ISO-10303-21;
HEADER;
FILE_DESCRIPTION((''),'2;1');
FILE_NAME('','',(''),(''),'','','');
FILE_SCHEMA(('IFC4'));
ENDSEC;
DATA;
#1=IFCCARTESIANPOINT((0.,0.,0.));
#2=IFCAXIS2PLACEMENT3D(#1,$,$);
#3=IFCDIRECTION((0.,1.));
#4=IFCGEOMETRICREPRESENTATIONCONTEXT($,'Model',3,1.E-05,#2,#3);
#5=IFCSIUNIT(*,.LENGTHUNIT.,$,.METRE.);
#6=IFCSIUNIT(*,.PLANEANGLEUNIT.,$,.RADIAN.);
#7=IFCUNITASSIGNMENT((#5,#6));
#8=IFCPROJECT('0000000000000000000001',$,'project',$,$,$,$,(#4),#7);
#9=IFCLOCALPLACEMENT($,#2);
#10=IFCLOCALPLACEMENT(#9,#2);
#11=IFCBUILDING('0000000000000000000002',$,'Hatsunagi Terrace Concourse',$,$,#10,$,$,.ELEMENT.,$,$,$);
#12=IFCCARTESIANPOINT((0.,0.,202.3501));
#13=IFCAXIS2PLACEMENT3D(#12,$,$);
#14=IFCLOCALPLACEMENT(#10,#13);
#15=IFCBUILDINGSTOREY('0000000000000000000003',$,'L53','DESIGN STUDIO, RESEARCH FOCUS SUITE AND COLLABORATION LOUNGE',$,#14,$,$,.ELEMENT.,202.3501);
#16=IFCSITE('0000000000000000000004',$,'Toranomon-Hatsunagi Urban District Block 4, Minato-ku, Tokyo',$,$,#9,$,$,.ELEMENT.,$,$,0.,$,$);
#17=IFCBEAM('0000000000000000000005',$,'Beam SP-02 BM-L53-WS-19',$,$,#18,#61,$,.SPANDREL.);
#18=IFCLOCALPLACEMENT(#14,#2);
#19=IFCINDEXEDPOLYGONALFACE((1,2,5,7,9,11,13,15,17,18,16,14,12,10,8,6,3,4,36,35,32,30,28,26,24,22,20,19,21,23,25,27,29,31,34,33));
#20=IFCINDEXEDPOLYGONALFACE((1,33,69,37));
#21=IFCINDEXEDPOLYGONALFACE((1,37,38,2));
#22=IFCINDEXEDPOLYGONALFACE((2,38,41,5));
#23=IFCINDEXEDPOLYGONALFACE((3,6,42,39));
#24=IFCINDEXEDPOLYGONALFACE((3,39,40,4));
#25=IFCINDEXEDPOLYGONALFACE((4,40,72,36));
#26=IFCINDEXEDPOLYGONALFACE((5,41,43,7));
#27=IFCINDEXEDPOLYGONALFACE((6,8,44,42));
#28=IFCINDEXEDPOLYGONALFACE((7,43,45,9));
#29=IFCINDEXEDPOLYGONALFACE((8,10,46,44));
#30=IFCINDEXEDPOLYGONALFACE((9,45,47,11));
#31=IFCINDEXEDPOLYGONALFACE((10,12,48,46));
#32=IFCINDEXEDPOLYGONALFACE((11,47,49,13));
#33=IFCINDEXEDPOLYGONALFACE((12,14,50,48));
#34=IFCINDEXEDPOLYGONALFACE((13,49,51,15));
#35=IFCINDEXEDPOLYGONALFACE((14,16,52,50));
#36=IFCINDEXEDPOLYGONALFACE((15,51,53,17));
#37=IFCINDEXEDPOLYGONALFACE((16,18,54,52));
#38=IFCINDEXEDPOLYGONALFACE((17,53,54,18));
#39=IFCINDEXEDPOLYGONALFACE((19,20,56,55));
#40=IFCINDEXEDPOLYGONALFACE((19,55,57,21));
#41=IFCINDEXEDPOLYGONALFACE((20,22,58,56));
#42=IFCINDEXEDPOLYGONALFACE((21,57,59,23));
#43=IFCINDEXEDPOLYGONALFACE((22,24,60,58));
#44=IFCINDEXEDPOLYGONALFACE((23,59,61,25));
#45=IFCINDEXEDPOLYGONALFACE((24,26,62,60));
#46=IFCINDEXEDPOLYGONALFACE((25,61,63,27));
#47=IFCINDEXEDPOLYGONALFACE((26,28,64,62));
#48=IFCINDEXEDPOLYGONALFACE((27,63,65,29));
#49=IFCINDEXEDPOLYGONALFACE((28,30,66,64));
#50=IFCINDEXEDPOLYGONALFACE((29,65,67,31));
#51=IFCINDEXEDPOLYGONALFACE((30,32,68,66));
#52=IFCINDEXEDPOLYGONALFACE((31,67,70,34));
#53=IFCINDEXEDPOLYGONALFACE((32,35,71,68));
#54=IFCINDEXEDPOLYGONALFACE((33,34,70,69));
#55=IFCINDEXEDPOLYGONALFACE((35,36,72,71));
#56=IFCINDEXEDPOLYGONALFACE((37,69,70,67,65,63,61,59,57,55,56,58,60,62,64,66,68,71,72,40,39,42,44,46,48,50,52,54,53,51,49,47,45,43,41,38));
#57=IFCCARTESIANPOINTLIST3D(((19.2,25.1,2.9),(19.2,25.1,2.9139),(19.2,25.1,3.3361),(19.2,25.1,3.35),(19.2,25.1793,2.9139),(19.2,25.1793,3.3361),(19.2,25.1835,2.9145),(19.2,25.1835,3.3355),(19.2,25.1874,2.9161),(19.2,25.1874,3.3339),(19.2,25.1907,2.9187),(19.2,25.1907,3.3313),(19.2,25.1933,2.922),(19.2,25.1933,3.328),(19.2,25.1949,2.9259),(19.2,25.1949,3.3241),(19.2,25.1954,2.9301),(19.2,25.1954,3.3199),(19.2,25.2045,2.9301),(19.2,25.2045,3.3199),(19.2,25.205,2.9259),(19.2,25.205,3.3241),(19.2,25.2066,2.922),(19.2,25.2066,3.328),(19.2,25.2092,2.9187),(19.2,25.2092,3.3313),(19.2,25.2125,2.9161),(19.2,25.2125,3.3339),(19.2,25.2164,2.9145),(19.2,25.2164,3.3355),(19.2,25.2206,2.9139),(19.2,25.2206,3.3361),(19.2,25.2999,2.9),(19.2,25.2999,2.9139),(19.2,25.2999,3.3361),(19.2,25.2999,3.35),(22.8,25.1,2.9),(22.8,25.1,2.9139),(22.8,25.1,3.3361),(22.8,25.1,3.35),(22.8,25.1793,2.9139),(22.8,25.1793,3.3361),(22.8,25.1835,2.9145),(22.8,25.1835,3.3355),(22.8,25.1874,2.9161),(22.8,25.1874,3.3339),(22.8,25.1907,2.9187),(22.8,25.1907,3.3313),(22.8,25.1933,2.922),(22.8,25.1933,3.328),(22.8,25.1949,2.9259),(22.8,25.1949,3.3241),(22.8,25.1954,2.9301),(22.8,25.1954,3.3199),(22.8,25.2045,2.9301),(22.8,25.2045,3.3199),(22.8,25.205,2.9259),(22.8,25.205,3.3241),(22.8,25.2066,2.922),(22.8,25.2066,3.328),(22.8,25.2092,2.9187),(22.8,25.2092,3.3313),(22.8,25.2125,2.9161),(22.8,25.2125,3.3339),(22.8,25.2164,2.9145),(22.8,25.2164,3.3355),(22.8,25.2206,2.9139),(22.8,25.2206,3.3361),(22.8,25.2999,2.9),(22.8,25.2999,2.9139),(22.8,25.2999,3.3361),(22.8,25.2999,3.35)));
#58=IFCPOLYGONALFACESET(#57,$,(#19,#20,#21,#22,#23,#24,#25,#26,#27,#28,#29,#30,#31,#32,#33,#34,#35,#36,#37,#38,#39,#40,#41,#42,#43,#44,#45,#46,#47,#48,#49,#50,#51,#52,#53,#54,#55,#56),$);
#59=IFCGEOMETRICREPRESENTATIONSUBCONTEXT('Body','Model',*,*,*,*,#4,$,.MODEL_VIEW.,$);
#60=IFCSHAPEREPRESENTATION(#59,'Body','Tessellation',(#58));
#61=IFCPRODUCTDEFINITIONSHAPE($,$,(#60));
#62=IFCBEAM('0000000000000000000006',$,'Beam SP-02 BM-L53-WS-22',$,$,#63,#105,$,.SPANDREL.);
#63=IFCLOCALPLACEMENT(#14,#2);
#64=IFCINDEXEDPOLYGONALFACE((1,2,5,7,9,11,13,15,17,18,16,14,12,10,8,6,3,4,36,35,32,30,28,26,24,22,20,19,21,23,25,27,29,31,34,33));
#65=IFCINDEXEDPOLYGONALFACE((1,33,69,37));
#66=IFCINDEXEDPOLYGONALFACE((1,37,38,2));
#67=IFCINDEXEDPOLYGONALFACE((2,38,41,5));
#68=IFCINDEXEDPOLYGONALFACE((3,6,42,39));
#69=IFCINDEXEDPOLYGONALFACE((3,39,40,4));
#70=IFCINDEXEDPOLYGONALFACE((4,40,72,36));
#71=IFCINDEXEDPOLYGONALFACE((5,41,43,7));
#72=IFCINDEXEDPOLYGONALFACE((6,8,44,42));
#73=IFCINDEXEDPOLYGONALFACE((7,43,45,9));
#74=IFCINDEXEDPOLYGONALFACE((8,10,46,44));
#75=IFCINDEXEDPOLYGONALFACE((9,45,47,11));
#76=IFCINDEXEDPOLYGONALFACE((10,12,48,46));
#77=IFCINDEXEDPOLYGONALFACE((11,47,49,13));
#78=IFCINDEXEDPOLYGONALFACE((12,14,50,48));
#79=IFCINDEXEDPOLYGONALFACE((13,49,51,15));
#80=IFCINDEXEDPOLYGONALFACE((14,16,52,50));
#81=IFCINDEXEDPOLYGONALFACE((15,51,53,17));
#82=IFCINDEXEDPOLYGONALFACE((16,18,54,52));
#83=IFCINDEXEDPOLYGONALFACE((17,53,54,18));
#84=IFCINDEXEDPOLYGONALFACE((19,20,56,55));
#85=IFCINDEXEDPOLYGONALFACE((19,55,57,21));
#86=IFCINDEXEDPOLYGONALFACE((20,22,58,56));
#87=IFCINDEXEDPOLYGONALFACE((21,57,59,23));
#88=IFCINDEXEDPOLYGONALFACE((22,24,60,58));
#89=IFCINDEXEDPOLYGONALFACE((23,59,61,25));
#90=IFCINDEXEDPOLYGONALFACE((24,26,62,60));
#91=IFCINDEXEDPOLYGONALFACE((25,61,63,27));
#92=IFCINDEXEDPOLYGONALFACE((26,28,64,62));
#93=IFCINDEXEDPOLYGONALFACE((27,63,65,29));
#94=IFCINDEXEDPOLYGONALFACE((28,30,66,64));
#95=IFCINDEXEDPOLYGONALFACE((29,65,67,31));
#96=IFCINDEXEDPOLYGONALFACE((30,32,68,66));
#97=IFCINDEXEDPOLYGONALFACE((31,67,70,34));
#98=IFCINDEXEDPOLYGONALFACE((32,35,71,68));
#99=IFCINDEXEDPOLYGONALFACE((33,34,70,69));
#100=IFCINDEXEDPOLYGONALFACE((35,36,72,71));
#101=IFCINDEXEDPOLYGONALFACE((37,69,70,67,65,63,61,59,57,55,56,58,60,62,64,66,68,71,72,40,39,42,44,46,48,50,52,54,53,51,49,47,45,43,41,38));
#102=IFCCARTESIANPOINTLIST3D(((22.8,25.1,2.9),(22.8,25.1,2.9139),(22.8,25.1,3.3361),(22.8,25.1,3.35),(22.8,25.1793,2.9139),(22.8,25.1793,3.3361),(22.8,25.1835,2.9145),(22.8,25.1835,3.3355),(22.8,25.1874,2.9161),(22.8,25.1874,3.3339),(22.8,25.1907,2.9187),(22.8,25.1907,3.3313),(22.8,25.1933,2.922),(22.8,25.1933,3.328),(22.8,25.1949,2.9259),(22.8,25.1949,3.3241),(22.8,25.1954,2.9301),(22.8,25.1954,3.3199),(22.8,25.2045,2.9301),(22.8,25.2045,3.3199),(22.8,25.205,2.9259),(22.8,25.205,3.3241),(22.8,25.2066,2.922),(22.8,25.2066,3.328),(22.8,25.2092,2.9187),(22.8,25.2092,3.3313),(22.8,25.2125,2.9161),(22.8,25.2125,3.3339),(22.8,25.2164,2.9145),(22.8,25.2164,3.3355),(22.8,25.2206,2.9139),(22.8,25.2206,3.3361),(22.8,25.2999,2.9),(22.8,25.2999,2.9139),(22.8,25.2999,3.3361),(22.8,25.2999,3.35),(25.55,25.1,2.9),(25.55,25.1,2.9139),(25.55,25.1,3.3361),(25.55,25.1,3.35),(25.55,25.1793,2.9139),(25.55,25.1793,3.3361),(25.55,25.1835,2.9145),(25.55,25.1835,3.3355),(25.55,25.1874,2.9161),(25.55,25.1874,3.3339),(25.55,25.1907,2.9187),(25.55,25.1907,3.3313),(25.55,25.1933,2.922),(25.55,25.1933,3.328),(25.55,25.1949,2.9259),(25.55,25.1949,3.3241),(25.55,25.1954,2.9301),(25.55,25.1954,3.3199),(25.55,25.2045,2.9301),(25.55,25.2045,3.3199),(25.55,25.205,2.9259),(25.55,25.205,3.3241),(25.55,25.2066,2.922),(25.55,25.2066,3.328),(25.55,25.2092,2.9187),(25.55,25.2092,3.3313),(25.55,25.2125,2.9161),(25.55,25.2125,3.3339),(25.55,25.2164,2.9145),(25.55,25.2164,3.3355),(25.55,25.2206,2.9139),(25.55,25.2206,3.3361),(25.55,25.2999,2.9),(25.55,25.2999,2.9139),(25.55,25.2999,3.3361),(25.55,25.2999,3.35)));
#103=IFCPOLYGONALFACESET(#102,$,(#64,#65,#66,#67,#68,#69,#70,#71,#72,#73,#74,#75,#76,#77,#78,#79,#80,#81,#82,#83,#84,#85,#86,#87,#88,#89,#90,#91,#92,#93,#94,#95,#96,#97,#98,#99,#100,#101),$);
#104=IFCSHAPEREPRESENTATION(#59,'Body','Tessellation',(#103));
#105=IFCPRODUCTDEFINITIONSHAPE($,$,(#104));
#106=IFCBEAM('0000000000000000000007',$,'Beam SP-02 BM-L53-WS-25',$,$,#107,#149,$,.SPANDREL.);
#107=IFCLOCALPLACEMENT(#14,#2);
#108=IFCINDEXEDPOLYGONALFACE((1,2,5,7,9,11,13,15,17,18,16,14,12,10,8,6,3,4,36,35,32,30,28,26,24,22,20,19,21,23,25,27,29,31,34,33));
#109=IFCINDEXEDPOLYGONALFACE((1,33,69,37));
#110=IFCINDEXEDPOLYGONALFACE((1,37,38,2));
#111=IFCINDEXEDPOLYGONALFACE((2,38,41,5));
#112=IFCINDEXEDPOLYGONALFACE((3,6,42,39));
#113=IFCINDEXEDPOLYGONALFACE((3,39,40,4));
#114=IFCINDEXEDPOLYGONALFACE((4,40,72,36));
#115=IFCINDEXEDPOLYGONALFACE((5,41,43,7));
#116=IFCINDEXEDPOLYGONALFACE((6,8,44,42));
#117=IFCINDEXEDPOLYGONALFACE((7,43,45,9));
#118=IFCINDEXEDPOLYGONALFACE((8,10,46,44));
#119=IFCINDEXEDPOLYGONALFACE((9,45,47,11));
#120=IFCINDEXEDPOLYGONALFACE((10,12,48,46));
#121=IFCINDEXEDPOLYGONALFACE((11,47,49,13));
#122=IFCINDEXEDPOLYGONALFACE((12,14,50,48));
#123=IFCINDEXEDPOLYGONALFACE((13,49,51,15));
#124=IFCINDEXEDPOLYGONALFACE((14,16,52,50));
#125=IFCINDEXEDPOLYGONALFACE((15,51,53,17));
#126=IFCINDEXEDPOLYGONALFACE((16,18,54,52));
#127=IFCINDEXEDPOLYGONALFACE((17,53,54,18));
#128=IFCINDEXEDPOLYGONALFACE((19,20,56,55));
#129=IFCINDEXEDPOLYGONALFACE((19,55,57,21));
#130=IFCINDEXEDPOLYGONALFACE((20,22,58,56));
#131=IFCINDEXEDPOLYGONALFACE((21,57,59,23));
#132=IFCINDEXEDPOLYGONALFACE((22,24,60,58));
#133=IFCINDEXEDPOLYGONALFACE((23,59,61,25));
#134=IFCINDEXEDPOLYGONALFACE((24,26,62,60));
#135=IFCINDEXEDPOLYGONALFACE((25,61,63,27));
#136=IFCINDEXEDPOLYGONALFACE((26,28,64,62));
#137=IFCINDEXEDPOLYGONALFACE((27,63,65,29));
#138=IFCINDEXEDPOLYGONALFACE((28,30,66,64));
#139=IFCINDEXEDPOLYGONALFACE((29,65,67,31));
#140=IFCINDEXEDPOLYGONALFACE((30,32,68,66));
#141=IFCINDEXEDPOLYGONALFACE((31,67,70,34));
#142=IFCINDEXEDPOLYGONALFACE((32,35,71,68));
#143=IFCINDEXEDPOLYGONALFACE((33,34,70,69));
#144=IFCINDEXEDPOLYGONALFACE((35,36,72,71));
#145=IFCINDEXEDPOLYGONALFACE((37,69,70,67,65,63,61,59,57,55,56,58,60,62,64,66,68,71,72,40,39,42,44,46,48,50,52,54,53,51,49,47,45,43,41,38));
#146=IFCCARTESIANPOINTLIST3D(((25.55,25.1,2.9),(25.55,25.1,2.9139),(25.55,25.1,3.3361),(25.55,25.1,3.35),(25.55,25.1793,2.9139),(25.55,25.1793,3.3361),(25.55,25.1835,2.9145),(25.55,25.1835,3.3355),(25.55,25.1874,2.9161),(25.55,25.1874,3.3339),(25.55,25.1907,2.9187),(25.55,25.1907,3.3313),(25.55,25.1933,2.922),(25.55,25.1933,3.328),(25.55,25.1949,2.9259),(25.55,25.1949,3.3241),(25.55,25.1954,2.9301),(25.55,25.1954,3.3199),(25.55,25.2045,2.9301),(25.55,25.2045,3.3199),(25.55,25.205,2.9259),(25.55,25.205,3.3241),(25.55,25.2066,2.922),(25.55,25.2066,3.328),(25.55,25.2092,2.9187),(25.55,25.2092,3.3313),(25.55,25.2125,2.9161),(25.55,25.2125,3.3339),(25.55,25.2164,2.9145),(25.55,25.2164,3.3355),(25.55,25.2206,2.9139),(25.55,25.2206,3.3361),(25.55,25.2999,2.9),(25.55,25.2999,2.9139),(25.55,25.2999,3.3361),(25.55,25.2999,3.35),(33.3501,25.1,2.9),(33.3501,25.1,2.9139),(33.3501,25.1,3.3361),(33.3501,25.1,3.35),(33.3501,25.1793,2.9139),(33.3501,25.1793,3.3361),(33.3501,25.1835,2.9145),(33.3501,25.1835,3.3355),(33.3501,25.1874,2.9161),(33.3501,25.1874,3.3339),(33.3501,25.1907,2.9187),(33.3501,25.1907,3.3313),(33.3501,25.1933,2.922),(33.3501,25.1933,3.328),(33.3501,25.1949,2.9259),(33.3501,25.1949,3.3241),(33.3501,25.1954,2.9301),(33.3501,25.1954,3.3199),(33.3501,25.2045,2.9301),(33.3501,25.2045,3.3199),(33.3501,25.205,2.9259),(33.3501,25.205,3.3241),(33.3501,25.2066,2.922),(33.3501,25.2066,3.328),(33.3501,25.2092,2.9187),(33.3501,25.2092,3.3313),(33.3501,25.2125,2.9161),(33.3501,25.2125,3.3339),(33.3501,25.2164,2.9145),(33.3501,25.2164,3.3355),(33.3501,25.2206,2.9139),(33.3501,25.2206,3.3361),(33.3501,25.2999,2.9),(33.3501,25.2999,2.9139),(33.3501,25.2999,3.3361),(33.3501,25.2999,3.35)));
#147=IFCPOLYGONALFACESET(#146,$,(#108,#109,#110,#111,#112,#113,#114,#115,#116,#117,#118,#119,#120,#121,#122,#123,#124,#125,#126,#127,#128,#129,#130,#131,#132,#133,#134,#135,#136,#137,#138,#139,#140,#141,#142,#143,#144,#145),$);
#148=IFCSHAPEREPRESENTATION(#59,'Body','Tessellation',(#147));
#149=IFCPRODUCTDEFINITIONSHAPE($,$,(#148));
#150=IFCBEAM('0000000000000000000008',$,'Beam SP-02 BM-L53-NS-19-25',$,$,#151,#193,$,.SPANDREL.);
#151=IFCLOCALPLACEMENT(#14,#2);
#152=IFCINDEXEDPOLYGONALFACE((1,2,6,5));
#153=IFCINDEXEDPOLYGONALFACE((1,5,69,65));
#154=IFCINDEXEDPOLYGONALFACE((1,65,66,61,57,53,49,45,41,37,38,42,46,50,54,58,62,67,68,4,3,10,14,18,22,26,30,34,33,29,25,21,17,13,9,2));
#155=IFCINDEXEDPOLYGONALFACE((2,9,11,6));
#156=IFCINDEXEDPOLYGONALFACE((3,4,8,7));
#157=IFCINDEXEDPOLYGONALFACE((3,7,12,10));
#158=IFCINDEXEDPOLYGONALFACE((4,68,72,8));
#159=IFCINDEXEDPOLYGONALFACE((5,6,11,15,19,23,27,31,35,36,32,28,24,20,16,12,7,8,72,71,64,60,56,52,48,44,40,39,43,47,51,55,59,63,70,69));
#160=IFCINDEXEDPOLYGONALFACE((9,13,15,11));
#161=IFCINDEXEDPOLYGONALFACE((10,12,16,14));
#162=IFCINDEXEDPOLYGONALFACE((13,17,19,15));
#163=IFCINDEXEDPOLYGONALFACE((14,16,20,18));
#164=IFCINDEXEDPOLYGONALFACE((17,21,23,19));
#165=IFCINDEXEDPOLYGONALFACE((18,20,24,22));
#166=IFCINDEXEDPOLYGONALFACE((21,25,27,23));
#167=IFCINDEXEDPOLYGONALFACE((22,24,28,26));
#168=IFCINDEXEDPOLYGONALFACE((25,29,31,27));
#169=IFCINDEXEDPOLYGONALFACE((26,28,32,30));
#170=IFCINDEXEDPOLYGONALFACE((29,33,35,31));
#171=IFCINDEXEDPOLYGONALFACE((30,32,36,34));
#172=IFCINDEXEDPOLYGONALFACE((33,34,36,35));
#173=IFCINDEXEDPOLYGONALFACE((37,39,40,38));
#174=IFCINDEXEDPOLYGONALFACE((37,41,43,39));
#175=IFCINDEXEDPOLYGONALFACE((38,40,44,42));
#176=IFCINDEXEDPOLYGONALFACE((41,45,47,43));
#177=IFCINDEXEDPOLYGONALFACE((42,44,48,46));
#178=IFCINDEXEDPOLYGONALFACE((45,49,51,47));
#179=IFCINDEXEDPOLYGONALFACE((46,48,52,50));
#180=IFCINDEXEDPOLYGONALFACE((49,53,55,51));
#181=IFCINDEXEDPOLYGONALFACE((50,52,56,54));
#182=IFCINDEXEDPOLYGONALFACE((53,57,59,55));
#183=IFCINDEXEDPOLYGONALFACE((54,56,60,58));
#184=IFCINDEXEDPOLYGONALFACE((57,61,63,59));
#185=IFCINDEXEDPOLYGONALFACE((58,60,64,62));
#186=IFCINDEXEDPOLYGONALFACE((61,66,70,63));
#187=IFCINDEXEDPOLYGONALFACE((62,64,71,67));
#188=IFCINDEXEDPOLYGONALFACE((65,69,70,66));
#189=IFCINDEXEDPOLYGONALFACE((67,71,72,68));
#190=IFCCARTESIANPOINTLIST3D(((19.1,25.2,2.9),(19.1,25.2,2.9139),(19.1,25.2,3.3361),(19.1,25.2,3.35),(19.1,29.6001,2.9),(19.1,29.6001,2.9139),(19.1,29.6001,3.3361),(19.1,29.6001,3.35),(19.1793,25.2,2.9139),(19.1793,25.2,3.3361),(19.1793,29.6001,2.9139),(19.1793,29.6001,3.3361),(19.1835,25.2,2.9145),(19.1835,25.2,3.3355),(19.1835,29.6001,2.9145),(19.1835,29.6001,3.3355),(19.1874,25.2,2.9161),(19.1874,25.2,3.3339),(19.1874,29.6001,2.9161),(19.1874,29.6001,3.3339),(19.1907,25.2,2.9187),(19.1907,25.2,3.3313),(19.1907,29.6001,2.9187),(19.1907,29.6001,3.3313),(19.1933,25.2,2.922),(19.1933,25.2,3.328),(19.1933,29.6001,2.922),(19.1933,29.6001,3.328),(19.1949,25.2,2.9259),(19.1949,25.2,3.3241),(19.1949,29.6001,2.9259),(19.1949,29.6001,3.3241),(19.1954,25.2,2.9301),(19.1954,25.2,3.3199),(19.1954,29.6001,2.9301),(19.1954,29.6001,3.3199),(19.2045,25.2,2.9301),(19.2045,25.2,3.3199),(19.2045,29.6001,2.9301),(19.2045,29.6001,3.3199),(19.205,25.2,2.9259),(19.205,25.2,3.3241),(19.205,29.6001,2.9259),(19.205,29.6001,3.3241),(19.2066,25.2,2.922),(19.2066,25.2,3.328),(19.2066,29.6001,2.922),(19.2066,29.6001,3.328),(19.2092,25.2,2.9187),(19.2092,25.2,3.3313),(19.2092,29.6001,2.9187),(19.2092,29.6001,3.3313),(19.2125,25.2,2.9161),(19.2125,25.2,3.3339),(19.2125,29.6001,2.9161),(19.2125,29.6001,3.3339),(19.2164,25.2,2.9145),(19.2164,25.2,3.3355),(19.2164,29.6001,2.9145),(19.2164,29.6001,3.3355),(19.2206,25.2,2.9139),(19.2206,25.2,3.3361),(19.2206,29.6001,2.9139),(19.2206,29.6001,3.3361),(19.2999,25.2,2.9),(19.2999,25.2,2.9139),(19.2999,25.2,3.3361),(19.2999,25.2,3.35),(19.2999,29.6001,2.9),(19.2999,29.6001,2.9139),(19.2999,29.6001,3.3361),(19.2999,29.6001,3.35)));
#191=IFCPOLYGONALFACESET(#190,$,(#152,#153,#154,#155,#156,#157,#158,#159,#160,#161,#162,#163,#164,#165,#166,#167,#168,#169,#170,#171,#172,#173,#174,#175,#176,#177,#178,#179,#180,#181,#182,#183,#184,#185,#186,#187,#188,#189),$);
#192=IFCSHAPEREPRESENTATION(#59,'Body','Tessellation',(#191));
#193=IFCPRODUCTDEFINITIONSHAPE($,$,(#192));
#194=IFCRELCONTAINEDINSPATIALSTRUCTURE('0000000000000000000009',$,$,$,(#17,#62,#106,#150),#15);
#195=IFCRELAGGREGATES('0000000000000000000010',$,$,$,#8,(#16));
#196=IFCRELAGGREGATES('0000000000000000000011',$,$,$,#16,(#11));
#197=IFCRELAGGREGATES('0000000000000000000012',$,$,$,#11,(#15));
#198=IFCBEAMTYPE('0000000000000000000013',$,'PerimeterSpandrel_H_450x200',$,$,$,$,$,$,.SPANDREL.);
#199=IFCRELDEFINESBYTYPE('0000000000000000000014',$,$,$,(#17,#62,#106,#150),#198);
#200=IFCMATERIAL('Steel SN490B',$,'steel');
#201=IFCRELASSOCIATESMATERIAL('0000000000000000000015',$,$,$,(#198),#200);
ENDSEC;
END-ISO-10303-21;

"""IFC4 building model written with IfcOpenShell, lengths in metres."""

from ifc_helpers import new_model, si_unit, direction, frame, origin, origin_2d, place, context, subcontext, project, spatial, i_section, extrude, material, material_profile, profile_set, type_object, element, save


model = new_model("IFC4")

# Units and contexts
model_context = context("Model", 3, precision=1e-05, world=origin(), true_north=direction((0.0, 1.0)))
body_context = subcontext(model_context, "Body", "Model", "MODEL_VIEW")
ifc_project = project(units=[si_unit("LENGTHUNIT", "METRE"), si_unit("PLANEANGLEUNIT", "RADIAN")], contexts=[model_context])

# Site, building, storey
site_placement = place(None, origin())
site = spatial("IfcSite", under=ifc_project, at=site_placement, Name="Toranomon-Hatsunagi Urban District Block 4, Minato-ku, Tokyo", CompositionType="ELEMENT", RefElevation=0.0)
building_placement = place(site_placement, origin())
building = spatial("IfcBuilding", under=site, at=building_placement, Name="Hatsunagi Terrace Concourse", CompositionType="ELEMENT")
storey_placement = place(building_placement, frame((0.0, 0.0, 202.3501)))
storey = spatial("IfcBuildingStorey", under=building, at=storey_placement, Name="L53", Description="DESIGN STUDIO, RESEARCH FOCUS SUITE AND COLLABORATION LOUNGE", CompositionType="ELEMENT", Elevation=202.3501)

# Beams
ifc_material_1 = material(Name="Steel SN490B", Category="steel")
ifc_material_profile_1 = material_profile(ifc_material_1, i_section(OverallWidth=0.2, OverallDepth=0.45, WebThickness=0.009, FlangeThickness=0.0139, FilletRadius=0.0161, at=origin_2d()), Name="H-450x200x9x14")
ifc_profile_set_1 = profile_set([ifc_material_profile_1], Name="Steel SN490B")
beam_type_1 = type_object("IfcBeamType", Name="PerimeterSpandrel_H_450x200", PredefinedType="SPANDREL", material=ifc_profile_set_1)
beam_1_placement = place(storey_placement, frame((19.2, 25.2, 3.125), z_axis=(1.0, 0.0, 0.0), x_axis=(0.0, 1.0, 0.0)))
element("IfcBeam", 1, at=beam_1_placement, inside=storey, type_object=beam_type_1, Name="Beam SP-02 BM-L53-WS-19", PredefinedType="SPANDREL", context=body_context, shape_type="SweptSolid", body=[
    extrude(i_section(OverallWidth=0.2, OverallDepth=0.45, WebThickness=0.009, FlangeThickness=0.0139, FilletRadius=0.0161, at=origin_2d()), origin(), (0.0, 0.0, 1.0), 3.6001),
])
beam_2_placement = place(storey_placement, frame((22.8, 25.2, 3.125), z_axis=(1.0, 0.0, 0.0), x_axis=(0.0, 1.0, 0.0)))
element("IfcBeam", 2, at=beam_2_placement, inside=storey, type_object=beam_type_1, Name="Beam SP-02 BM-L53-WS-22", PredefinedType="SPANDREL", context=body_context, shape_type="SweptSolid", body=[
    extrude(i_section(OverallWidth=0.2, OverallDepth=0.45, WebThickness=0.009, FlangeThickness=0.0139, FilletRadius=0.0161, at=origin_2d()), origin(), (0.0, 0.0, 1.0), 2.75),
])
beam_3_placement = place(storey_placement, frame((25.55, 25.2, 3.125), z_axis=(1.0, 0.0, 0.0), x_axis=(0.0, 1.0, 0.0)))
element("IfcBeam", 3, at=beam_3_placement, inside=storey, type_object=beam_type_1, Name="Beam SP-02 BM-L53-WS-25", PredefinedType="SPANDREL", context=body_context, shape_type="SweptSolid", body=[
    extrude(i_section(OverallWidth=0.2, OverallDepth=0.45, WebThickness=0.009, FlangeThickness=0.0139, FilletRadius=0.0161, at=origin_2d()), origin(), (0.0, 0.0, 1.0), 7.8),
])
beam_4_placement = place(storey_placement, frame((19.2, 25.2, 3.125), z_axis=(0.0, 1.0, 0.0), x_axis=(-1.0, 0.0, 0.0)))
element("IfcBeam", 4, at=beam_4_placement, inside=storey, type_object=beam_type_1, Name="Beam SP-02 BM-L53-NS-19-25", PredefinedType="SPANDREL", context=body_context, shape_type="SweptSolid", body=[
    extrude(i_section(OverallWidth=0.2, OverallDepth=0.45, WebThickness=0.009, FlangeThickness=0.0139, FilletRadius=0.0161, at=origin_2d()), origin(), (0.0, 0.0, 1.0), 4.4001),
])

save(model, "model.ifc")
